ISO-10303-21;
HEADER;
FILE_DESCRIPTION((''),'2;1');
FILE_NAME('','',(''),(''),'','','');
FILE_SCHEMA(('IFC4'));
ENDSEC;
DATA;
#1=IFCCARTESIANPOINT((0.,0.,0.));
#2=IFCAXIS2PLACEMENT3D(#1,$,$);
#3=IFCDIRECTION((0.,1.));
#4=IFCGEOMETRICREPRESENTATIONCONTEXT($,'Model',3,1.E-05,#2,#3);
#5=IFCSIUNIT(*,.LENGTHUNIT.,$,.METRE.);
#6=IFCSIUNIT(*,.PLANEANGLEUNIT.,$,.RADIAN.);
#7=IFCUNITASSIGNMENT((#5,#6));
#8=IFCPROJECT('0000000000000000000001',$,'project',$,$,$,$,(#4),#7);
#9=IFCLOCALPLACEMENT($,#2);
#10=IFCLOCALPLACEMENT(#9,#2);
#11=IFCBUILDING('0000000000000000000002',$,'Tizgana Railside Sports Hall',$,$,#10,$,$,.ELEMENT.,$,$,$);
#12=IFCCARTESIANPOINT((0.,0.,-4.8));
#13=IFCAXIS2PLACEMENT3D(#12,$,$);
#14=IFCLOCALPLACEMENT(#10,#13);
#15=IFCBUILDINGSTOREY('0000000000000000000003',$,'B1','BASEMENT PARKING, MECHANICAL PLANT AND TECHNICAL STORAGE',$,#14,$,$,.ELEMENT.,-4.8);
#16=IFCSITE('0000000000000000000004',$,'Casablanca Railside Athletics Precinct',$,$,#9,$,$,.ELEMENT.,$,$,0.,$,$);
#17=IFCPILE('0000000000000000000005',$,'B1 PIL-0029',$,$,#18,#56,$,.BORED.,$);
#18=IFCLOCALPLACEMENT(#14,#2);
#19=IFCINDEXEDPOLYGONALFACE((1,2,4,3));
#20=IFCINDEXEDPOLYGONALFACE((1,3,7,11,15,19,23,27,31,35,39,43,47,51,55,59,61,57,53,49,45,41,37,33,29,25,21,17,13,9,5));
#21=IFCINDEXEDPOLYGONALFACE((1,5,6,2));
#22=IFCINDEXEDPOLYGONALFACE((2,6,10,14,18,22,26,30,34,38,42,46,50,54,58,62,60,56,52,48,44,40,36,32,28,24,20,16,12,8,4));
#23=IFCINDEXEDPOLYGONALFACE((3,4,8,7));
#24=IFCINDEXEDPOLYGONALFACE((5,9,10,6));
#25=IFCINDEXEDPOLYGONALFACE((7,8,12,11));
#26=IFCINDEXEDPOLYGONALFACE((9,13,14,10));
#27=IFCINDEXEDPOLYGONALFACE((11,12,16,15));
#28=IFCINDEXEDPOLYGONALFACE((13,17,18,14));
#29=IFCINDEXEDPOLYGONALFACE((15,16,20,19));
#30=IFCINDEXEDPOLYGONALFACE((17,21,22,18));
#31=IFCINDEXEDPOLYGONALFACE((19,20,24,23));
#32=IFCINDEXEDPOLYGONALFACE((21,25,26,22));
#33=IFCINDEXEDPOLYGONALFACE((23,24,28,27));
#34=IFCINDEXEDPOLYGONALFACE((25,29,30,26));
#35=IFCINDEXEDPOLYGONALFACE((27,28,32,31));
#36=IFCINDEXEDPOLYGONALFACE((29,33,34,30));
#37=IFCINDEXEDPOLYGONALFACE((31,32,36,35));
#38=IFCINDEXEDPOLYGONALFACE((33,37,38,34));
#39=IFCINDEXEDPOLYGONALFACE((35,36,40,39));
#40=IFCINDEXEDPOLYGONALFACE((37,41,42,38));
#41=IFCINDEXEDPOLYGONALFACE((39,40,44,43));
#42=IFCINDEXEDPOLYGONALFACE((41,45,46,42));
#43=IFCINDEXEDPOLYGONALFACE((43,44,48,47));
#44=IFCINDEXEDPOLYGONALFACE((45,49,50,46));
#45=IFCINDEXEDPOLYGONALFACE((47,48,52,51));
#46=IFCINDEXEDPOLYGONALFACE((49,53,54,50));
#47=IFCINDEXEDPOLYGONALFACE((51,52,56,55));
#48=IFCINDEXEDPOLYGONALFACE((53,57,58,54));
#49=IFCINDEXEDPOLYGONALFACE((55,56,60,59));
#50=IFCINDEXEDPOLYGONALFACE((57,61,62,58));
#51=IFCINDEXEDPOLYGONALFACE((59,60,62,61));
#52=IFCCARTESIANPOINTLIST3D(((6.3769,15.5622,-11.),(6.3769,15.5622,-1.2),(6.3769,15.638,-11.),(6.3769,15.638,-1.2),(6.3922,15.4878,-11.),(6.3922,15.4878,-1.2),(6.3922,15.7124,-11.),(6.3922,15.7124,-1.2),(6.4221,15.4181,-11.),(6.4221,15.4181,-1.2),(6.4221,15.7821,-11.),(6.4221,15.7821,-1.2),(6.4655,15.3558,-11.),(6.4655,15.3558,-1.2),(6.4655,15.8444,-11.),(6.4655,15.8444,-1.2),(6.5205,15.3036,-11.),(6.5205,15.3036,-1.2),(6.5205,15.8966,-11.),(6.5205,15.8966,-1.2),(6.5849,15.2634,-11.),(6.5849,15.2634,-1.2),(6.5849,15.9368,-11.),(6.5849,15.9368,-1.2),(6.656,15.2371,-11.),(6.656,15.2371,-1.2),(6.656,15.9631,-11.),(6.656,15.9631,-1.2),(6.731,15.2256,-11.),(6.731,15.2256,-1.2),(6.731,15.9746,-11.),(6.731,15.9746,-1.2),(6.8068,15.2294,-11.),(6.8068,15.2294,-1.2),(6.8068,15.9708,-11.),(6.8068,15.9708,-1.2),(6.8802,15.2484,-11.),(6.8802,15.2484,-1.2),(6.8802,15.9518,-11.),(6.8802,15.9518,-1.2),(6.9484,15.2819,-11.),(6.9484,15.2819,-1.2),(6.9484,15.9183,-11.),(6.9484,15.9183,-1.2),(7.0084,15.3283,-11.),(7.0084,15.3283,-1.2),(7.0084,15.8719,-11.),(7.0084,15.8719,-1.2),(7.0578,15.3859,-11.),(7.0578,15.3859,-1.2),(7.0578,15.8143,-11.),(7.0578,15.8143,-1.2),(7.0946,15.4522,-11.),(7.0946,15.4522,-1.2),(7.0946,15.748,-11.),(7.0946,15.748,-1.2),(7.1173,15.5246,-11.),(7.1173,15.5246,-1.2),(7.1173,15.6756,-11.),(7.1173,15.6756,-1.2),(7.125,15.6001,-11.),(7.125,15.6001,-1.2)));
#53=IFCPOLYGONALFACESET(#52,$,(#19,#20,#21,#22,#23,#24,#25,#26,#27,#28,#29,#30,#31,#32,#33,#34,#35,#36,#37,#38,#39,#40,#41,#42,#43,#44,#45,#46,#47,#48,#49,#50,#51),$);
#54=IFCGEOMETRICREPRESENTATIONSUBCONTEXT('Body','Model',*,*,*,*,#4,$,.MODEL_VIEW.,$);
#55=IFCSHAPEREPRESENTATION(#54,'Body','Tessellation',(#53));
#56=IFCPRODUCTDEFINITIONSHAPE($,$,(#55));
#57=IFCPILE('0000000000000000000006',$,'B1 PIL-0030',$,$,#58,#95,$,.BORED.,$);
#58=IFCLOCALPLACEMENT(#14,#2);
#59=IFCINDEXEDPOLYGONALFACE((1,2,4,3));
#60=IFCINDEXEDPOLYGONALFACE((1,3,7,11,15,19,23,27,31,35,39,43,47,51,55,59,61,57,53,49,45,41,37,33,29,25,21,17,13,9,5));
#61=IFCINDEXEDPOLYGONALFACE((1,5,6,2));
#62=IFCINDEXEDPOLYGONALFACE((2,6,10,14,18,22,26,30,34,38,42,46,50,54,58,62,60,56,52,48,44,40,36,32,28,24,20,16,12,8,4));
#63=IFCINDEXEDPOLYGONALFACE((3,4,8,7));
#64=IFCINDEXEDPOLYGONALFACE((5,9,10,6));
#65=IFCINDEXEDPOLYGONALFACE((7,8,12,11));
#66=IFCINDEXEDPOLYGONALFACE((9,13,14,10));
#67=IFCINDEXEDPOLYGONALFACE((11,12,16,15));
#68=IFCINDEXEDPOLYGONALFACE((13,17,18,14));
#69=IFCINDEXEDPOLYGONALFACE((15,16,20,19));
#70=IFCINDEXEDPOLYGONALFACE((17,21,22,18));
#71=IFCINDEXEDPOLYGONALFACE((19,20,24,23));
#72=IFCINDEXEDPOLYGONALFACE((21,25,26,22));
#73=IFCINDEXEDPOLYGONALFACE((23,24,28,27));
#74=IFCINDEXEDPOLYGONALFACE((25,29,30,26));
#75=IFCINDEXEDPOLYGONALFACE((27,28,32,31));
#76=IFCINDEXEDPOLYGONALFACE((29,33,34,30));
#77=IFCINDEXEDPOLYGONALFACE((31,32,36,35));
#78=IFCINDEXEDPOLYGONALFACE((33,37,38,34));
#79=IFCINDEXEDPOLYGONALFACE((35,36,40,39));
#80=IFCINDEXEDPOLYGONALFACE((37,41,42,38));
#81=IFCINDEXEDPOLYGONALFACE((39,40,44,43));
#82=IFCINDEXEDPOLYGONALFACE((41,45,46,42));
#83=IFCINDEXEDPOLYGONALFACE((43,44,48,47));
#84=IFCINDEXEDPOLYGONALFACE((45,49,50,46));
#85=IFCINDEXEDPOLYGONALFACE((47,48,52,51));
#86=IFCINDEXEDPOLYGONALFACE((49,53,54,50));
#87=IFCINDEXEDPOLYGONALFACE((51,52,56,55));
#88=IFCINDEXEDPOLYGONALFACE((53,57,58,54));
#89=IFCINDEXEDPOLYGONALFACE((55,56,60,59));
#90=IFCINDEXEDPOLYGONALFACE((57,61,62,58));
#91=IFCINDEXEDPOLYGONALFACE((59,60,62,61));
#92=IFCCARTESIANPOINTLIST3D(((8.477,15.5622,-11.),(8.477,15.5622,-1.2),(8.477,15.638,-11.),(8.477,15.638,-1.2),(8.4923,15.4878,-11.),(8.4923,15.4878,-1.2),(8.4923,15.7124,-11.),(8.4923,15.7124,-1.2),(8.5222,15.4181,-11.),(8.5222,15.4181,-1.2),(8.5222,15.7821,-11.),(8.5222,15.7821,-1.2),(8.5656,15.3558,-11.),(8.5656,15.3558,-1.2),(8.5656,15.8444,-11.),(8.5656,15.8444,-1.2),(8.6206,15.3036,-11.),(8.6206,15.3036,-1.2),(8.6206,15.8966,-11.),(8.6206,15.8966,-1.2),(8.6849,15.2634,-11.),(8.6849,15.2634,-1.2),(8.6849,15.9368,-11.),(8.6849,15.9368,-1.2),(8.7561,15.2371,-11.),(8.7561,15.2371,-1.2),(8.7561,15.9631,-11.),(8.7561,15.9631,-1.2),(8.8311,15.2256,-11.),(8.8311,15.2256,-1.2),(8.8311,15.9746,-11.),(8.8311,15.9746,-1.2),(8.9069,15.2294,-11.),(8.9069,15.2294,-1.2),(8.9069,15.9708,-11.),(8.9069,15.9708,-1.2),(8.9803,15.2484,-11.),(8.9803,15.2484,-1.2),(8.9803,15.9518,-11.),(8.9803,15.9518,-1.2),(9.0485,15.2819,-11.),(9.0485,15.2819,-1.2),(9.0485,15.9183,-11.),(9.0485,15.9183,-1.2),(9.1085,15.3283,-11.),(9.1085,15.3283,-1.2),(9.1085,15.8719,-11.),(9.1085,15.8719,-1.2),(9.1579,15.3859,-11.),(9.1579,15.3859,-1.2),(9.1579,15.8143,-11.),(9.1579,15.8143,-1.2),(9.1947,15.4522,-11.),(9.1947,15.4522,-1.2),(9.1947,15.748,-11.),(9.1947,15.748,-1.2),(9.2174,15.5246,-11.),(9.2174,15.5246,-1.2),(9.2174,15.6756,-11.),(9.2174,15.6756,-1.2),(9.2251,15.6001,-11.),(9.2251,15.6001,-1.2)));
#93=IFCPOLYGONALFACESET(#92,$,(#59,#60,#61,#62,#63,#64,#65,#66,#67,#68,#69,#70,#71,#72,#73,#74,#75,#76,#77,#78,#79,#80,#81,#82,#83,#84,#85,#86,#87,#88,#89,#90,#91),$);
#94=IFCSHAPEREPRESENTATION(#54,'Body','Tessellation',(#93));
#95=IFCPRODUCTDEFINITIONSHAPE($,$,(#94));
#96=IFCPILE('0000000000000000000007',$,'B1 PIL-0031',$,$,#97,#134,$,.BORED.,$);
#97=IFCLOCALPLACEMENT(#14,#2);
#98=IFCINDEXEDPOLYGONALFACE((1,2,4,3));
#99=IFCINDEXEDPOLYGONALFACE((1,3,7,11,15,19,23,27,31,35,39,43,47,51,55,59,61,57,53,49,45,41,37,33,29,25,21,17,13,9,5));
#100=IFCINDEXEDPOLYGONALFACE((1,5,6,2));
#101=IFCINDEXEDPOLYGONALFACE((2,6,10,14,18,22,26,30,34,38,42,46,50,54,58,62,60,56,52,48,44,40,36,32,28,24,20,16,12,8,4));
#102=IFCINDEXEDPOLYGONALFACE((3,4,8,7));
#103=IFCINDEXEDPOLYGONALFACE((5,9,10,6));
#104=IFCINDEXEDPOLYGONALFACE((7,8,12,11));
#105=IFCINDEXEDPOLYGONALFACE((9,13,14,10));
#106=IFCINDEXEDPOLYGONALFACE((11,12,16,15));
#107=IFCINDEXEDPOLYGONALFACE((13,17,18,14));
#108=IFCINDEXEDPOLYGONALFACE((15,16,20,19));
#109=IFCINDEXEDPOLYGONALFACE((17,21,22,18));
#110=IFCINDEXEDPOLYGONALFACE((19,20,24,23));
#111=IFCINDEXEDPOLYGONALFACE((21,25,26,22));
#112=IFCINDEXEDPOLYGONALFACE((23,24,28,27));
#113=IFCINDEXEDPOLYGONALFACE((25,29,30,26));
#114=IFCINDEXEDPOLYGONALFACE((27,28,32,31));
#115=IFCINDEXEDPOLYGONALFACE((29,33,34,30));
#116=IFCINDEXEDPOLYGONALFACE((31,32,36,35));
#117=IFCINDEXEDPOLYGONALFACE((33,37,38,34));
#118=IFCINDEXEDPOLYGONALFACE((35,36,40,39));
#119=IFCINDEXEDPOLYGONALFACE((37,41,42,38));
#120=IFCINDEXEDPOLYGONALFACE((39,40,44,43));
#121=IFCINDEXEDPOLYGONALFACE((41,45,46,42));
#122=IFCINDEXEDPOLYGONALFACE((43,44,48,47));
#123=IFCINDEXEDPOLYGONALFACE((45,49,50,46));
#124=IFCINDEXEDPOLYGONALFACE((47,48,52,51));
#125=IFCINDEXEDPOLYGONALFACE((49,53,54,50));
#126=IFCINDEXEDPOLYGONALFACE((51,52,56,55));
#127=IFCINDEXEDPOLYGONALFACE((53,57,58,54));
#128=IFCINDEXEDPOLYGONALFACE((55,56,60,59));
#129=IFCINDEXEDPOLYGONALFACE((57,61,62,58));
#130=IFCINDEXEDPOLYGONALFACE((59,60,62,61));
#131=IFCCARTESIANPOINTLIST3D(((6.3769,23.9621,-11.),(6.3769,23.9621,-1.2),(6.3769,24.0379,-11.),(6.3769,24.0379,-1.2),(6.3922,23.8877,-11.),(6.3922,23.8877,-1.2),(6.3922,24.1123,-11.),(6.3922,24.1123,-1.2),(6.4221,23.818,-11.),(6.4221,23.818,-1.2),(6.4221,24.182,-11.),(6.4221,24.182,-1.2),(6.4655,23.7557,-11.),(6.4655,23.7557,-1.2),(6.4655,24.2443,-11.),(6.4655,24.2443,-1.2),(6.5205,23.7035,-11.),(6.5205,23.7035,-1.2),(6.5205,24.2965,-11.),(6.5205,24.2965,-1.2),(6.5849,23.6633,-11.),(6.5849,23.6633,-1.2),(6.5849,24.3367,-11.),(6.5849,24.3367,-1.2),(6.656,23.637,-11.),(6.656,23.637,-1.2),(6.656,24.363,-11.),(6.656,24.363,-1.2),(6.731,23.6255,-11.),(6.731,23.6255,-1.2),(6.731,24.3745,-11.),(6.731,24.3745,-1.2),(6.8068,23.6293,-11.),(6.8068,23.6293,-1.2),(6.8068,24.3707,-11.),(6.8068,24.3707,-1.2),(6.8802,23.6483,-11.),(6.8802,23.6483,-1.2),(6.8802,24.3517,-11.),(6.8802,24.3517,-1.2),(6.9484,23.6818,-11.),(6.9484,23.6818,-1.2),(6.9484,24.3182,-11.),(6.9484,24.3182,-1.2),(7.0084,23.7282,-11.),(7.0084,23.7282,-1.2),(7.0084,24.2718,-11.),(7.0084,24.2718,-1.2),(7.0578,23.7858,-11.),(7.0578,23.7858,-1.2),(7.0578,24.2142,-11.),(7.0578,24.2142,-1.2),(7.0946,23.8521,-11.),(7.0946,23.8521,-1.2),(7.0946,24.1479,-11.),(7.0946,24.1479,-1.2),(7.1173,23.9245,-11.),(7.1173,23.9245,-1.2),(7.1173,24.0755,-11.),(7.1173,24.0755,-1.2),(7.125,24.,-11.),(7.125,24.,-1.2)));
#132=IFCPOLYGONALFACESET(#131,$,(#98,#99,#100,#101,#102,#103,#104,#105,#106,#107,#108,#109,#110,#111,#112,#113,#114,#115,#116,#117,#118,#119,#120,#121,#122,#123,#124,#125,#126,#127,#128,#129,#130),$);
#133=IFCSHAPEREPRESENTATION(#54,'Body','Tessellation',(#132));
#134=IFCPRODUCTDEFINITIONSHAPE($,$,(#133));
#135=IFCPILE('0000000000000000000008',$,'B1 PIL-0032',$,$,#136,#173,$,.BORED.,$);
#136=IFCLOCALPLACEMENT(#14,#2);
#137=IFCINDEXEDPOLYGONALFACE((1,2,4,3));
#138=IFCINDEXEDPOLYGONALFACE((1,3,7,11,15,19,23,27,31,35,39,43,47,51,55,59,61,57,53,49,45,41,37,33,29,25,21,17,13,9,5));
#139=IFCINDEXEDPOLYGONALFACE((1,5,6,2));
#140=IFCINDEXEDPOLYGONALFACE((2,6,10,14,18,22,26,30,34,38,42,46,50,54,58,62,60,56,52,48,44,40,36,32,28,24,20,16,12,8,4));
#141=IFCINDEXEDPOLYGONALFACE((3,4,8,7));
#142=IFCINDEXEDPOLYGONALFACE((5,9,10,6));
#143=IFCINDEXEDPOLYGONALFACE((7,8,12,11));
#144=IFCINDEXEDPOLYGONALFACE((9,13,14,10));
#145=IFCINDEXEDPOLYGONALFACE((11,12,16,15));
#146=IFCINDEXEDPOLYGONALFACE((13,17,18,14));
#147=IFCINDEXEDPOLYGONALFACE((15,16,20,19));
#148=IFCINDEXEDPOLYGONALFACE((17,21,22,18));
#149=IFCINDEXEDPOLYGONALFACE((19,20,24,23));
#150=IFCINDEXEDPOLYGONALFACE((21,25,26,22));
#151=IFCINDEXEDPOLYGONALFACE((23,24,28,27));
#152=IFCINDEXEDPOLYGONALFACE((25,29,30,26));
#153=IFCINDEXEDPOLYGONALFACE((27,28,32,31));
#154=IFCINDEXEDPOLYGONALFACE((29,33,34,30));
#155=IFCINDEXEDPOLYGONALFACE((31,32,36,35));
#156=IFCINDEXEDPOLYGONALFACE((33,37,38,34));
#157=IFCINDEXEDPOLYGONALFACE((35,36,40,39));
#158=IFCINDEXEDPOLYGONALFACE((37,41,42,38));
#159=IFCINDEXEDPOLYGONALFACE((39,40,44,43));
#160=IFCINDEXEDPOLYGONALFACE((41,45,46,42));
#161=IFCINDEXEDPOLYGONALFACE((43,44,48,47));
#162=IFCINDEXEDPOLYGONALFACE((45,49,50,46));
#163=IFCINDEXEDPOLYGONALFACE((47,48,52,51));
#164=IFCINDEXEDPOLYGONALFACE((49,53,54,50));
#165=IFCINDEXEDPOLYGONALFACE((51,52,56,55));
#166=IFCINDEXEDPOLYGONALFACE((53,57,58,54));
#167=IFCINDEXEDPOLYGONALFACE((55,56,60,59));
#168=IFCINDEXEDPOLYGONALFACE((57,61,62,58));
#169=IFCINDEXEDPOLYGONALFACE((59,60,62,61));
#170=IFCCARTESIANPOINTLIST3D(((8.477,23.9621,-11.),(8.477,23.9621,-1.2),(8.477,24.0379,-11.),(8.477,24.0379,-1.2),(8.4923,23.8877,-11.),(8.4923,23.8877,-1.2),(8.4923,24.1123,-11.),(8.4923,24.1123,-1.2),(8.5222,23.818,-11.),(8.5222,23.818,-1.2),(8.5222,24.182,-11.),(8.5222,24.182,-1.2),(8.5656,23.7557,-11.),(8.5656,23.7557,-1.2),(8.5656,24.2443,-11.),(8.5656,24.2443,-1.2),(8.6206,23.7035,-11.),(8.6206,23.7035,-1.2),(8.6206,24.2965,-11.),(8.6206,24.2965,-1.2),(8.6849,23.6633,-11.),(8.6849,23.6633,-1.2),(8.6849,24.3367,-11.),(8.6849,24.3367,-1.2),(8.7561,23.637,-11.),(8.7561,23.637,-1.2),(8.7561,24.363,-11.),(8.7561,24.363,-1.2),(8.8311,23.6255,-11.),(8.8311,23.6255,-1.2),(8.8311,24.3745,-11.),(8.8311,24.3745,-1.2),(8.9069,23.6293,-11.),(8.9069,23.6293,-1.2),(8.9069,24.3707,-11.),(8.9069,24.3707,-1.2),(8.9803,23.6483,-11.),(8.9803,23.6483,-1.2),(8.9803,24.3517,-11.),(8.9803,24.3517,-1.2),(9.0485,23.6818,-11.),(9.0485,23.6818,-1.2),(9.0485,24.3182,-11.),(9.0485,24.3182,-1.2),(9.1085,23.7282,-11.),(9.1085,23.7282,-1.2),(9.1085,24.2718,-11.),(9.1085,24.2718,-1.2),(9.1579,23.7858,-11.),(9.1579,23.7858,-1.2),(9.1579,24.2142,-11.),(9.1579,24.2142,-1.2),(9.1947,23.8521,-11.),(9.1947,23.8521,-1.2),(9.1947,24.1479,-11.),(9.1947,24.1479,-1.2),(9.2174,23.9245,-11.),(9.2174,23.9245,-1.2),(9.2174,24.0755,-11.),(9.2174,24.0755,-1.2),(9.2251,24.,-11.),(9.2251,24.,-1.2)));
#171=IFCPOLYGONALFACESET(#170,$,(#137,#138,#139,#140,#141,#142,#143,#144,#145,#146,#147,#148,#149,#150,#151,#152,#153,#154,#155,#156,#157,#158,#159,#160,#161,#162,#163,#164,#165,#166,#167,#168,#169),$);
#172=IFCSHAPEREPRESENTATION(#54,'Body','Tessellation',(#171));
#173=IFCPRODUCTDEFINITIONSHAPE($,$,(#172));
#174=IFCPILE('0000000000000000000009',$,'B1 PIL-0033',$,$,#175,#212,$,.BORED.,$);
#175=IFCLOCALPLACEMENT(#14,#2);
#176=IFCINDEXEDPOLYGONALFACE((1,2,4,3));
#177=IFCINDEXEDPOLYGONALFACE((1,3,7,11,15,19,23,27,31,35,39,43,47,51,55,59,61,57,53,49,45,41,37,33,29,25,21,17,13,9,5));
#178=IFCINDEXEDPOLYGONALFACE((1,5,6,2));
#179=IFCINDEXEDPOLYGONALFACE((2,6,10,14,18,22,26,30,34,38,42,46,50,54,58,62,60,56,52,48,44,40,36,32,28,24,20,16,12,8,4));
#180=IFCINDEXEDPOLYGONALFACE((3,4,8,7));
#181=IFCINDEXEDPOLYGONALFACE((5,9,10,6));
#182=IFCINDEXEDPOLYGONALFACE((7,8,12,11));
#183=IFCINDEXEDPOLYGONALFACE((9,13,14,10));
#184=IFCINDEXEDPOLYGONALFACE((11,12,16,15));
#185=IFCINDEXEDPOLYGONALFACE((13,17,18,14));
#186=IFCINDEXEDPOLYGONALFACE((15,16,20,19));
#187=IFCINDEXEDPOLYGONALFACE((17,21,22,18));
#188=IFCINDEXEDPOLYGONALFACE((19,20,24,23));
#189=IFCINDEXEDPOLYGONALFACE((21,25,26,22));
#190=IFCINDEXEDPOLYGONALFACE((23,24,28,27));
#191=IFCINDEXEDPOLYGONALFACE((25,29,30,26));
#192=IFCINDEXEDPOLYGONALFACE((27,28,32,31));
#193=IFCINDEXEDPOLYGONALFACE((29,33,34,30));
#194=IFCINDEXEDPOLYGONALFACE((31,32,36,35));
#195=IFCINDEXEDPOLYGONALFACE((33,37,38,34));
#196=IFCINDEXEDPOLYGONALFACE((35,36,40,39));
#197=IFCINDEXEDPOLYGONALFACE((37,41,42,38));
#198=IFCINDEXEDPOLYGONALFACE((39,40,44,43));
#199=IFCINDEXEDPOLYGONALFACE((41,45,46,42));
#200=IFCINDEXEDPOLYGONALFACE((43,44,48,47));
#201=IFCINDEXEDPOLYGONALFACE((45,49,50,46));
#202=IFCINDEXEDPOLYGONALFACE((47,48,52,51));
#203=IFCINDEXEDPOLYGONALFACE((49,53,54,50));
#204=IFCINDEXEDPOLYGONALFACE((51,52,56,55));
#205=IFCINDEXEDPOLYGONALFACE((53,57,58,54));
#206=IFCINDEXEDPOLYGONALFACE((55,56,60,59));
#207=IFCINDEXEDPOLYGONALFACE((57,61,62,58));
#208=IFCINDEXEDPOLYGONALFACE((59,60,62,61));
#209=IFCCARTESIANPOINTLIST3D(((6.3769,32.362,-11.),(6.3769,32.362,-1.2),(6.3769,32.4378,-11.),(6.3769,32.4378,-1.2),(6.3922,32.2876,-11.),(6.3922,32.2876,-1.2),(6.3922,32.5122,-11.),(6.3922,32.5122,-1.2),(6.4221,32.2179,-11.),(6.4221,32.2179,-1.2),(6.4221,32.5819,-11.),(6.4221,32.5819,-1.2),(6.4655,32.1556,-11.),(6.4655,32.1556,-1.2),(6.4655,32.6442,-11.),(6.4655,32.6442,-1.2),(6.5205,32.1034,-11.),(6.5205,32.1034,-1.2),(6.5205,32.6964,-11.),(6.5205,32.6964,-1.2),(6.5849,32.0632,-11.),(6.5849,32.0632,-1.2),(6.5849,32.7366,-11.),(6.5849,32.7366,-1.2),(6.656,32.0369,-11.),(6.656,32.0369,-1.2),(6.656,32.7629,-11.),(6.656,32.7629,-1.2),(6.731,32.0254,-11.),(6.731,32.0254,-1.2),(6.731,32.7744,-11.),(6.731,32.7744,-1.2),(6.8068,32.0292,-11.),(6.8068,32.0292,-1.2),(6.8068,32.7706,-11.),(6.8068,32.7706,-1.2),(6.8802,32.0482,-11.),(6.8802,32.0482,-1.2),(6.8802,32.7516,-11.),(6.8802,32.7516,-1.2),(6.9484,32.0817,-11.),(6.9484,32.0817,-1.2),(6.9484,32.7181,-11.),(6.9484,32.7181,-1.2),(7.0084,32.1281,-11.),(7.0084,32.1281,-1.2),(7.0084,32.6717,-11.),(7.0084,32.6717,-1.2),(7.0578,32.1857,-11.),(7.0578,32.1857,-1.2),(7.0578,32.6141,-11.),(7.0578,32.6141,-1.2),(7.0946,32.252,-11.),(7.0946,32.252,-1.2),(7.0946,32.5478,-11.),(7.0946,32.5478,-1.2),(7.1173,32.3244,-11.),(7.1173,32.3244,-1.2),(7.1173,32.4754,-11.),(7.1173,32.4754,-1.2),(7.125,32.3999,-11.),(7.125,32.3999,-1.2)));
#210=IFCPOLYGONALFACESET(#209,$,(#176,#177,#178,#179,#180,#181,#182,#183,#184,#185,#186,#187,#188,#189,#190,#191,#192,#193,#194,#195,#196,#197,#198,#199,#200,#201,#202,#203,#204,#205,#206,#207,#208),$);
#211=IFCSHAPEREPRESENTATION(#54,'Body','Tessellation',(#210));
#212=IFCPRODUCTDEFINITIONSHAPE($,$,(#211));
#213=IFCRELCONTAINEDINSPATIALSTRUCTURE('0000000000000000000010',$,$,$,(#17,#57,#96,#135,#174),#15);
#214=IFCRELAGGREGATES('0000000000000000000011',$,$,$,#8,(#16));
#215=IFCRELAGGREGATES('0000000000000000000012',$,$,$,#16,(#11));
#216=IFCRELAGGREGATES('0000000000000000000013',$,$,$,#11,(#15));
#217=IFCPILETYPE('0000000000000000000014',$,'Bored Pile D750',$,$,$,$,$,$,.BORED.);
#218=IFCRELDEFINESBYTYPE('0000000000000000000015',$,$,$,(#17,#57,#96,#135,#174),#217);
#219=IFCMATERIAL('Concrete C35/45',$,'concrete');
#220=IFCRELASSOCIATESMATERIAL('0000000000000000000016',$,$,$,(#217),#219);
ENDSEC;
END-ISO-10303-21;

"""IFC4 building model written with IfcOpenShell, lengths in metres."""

from ifc_helpers import new_model, si_unit, direction, frame, origin, origin_2d, place, context, subcontext, project, spatial, circle, extrude, material, material_profile, profile_set, type_object, element, save


model = new_model("IFC4")

# Units and contexts
model_context = context("Model", 3, precision=1e-05, world=origin(), true_north=direction((0.0, 1.0)))
body_context = subcontext(model_context, "Body", "Model", "MODEL_VIEW")
ifc_project = project(units=[si_unit("LENGTHUNIT", "METRE"), si_unit("PLANEANGLEUNIT", "RADIAN")], contexts=[model_context])

# Site, building, storey
site_placement = place(None, origin())
site = spatial("IfcSite", under=ifc_project, at=site_placement, Name="Casablanca Railside Athletics Precinct", CompositionType="ELEMENT", RefElevation=0.0)
building_placement = place(site_placement, origin())
building = spatial("IfcBuilding", under=site, at=building_placement, Name="Tizgana Railside Sports Hall", CompositionType="ELEMENT")
storey_placement = place(building_placement, frame((0.0, 0.0, -4.8)))
storey = spatial("IfcBuildingStorey", under=building, at=storey_placement, Name="B1", Description="BASEMENT PARKING, MECHANICAL PLANT AND TECHNICAL STORAGE", CompositionType="ELEMENT", Elevation=-4.8)

# Piles
ifc_material_1 = material(Name="Concrete C35/45", Category="concrete")
ifc_material_profile_1 = material_profile(ifc_material_1, circle(Radius=0.375, at=origin_2d()), Name="PILE D750")
ifc_profile_set_1 = profile_set([ifc_material_profile_1], Name="Concrete C35/45")
pile_type = type_object("IfcPileType", Name="Bored Pile D750", PredefinedType="BORED", material=ifc_profile_set_1)
for number, where, z_axis, x_axis, name in (
    (1, (6.75, 15.6001, -1.2), (0.0, 0.0, -1.0), (1.0, 0.0, 0.0), "B1 PIL-0029"),
    (2, (8.8501, 15.6001, -1.2), (0.0, 0.0, -1.0), (1.0, 0.0, 0.0), "B1 PIL-0030"),
    (3, (6.75, 24.0, -1.2), (0.0, 0.0, -1.0), (1.0, 0.0, 0.0), "B1 PIL-0031"),
    (4, (8.8501, 24.0, -1.2), (0.0, 0.0, -1.0), (1.0, 0.0, 0.0), "B1 PIL-0032"),
    (5, (6.75, 32.3999, -1.2), (0.0, 0.0, -1.0), (1.0, 0.0, 0.0), "B1 PIL-0033"),
):
    element("IfcPile", number, at=place(storey_placement, frame(where, z_axis=z_axis, x_axis=x_axis)), inside=storey, type_object=pile_type, Name=name, PredefinedType="BORED", context=body_context, shape_type="SweptSolid", body=[
        extrude(circle(Radius=0.375, at=origin_2d()), origin(), (0.0, 0.0, 1.0), 9.8),
    ])

save(model, "model.ifc")
